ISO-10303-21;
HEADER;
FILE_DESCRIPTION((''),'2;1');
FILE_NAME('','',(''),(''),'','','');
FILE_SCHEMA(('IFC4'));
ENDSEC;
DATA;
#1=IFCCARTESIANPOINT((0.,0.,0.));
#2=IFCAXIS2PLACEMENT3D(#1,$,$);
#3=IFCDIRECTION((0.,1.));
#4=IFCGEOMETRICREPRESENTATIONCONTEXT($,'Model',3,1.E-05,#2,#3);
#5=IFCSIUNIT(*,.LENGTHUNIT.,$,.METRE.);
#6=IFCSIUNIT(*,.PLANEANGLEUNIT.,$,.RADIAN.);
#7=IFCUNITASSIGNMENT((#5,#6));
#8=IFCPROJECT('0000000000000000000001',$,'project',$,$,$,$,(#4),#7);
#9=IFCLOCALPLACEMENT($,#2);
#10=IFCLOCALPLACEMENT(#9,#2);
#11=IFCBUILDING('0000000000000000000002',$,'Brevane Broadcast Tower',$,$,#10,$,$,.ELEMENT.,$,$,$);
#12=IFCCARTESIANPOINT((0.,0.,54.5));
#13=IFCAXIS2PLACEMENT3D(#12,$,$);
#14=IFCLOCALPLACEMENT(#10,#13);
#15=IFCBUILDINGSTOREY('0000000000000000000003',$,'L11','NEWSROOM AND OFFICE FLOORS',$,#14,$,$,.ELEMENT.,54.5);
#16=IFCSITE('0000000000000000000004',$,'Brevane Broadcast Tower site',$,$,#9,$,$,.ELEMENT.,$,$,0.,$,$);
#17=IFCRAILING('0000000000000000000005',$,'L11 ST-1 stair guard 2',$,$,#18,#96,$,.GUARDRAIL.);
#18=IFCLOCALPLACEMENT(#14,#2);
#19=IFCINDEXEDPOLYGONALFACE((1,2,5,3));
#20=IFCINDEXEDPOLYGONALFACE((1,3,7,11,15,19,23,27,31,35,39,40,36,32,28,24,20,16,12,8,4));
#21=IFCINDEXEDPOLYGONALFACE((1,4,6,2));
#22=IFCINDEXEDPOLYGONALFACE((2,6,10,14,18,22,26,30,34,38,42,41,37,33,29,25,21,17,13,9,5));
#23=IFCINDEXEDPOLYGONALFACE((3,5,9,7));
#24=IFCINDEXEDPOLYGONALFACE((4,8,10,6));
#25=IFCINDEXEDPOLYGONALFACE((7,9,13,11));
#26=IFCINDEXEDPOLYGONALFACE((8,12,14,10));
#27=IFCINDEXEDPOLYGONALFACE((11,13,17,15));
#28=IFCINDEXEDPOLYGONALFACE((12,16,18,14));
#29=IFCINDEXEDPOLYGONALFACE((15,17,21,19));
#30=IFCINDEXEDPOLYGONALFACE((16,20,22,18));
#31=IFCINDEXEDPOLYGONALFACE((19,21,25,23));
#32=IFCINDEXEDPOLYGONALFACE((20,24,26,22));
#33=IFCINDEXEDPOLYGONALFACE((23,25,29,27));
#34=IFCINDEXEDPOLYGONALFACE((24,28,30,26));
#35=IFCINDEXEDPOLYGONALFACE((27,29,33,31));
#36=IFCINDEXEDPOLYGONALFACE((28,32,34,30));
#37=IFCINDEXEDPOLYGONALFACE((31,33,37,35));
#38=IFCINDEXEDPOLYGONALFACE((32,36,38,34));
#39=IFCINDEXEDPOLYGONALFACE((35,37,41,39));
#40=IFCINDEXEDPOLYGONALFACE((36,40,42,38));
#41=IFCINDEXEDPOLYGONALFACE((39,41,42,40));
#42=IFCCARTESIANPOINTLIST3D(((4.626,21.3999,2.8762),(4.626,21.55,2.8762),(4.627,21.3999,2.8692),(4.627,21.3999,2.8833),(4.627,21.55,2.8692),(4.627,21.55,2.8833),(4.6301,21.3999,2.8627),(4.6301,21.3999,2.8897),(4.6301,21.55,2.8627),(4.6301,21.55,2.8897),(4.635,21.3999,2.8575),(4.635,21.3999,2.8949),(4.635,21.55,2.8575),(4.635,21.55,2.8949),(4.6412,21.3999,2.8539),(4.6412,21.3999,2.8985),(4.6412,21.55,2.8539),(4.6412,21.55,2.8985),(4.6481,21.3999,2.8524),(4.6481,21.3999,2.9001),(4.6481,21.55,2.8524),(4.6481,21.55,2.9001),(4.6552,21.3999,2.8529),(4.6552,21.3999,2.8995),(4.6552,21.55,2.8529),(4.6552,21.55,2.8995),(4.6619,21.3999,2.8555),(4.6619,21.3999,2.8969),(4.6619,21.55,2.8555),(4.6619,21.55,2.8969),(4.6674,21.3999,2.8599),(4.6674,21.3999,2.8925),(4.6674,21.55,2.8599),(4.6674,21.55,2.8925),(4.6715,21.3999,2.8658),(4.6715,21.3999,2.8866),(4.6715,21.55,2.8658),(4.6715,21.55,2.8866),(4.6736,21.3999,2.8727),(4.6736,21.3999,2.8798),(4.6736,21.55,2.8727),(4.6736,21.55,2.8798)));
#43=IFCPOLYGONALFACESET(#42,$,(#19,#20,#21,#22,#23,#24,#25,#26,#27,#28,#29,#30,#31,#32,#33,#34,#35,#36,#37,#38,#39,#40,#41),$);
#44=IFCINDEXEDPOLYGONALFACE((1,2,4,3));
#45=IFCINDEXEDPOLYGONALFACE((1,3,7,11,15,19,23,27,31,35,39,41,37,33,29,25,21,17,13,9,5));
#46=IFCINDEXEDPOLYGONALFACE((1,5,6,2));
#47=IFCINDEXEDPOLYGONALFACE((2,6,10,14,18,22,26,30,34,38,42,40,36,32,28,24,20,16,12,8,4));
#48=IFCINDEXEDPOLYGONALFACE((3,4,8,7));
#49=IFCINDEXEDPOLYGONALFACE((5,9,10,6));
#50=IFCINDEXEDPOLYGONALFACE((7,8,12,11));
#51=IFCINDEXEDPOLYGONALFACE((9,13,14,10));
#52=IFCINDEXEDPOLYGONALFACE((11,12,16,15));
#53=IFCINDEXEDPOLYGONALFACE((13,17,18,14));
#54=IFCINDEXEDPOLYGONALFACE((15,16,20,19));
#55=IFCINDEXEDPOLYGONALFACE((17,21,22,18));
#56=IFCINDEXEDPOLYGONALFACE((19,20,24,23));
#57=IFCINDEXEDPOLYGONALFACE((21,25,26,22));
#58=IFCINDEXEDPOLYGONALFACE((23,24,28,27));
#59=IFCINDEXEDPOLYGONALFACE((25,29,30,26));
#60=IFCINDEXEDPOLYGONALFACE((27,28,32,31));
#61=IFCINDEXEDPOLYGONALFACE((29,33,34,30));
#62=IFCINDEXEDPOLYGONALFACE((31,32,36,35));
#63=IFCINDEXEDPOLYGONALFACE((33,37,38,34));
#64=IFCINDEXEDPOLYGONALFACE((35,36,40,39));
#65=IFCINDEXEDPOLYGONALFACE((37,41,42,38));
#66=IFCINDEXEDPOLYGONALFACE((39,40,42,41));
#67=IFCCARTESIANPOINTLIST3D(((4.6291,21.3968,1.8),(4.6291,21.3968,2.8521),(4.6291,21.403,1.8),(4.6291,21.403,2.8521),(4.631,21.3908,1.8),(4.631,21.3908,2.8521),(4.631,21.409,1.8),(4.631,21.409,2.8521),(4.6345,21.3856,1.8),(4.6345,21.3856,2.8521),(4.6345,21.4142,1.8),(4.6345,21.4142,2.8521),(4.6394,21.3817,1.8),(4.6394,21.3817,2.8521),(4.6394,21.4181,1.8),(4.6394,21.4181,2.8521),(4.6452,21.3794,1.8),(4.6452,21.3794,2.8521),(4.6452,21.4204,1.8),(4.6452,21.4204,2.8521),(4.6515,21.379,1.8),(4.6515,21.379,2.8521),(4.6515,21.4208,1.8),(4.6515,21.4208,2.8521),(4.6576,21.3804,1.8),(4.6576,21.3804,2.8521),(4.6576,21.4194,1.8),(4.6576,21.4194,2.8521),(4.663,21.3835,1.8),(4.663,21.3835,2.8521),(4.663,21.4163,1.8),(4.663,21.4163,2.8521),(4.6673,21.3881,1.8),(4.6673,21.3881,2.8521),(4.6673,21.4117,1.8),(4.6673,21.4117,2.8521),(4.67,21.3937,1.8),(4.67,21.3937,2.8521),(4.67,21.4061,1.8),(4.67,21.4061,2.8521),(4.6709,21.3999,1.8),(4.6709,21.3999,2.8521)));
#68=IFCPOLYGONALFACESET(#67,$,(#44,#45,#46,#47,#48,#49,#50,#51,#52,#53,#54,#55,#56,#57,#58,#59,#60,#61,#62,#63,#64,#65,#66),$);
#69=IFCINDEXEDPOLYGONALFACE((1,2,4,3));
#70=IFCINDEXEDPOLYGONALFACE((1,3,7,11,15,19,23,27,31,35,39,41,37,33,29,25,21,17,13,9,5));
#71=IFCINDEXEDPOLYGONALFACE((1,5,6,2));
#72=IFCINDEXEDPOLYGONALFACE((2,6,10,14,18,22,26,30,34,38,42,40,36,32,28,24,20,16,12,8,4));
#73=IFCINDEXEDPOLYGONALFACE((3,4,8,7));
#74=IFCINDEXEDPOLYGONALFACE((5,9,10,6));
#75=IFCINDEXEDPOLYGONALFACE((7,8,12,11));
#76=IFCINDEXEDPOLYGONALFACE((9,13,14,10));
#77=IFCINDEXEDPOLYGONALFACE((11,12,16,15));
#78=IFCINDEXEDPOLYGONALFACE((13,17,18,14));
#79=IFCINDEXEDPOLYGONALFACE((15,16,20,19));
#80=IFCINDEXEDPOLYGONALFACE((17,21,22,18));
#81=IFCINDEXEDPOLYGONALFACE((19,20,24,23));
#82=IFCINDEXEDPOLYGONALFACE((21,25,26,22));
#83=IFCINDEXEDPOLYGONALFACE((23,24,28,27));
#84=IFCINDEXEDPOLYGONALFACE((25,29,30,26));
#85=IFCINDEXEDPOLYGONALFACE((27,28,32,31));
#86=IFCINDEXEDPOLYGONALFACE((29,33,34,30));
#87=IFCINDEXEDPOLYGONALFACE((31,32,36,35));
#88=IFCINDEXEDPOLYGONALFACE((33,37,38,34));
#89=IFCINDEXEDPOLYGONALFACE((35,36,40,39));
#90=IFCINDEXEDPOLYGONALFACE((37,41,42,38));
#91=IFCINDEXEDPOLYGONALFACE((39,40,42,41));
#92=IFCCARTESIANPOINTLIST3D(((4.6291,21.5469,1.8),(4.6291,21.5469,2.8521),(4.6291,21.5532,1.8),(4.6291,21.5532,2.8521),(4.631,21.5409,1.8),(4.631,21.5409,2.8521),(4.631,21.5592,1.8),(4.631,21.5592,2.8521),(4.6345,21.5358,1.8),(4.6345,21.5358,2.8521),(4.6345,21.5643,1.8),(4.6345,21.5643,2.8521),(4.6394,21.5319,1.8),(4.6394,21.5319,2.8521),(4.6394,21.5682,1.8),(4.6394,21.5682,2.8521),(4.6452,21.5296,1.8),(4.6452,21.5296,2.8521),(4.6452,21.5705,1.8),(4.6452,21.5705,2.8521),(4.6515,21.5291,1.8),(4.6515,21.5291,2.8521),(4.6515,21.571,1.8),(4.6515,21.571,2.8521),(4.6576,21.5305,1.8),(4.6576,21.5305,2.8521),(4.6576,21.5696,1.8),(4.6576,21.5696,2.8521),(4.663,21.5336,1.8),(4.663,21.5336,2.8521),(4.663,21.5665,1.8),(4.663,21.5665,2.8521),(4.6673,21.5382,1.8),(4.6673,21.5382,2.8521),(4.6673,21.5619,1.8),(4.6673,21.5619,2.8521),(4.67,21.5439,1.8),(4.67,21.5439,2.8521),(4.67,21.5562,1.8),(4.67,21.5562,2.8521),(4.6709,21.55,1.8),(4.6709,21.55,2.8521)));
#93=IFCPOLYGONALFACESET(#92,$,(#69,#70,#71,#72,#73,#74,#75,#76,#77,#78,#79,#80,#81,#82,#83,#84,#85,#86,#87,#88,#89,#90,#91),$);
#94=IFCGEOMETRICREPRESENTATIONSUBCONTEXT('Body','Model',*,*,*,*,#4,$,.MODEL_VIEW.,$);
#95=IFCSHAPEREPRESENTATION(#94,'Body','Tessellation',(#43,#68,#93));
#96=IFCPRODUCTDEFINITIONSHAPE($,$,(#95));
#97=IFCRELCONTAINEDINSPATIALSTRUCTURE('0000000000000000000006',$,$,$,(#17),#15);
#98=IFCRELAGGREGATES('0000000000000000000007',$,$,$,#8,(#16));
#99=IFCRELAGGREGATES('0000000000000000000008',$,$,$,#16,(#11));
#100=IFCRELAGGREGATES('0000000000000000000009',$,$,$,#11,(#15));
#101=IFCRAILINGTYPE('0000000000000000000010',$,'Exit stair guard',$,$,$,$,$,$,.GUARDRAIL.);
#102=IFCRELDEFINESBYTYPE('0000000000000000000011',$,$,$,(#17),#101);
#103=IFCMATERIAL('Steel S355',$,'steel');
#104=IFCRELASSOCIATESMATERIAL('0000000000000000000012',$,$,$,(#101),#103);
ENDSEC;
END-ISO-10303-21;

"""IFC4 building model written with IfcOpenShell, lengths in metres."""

from ifc_helpers import new_model, si_unit, direction, frame, origin, origin_2d, place, context, subcontext, project, spatial, circle, extrude, material, type_object, element, save


model = new_model("IFC4")

# Units and contexts
model_context = context("Model", 3, precision=1e-05, world=origin(), true_north=direction((0.0, 1.0)))
body_context = subcontext(model_context, "Body", "Model", "MODEL_VIEW")
ifc_project = project(units=[si_unit("LENGTHUNIT", "METRE"), si_unit("PLANEANGLEUNIT", "RADIAN")], contexts=[model_context])

# Site, building, storey
site_placement = place(None, origin())
site = spatial("IfcSite", under=ifc_project, at=site_placement, Name="Brevane Broadcast Tower site", CompositionType="ELEMENT", RefElevation=0.0)
building_placement = place(site_placement, origin())
building = spatial("IfcBuilding", under=site, at=building_placement, Name="Brevane Broadcast Tower", CompositionType="ELEMENT")
storey_placement = place(building_placement, frame((0.0, 0.0, 54.5)))
storey = spatial("IfcBuildingStorey", under=building, at=storey_placement, Name="L11", Description="NEWSROOM AND OFFICE FLOORS", CompositionType="ELEMENT", Elevation=54.5)

# Railing
ifc_material_1 = material(Name="Steel S355", Category="steel")
railing_type_1 = type_object("IfcRailingType", Name="Exit stair guard", PredefinedType="GUARDRAIL", material=ifc_material_1)
railing_1_placement = place(storey_placement, frame((4.6499, 21.3999, 1.8)))
element("IfcRailing", 1, at=railing_1_placement, inside=storey, type_object=railing_type_1, Name="L11 ST-1 stair guard 2", PredefinedType="GUARDRAIL", context=body_context, shape_type="SweptSolid", body=[
    extrude(circle(Radius=0.0239, at=origin_2d()), frame((0.0, 0.0, 1.0762), z_axis=(0.0, 1.0, 0.0), x_axis=(-1.0, 0.0, 0.0)), (0.0, 0.0, 1.0), 0.1501),
    extrude(circle(Radius=0.021, at=origin_2d()), origin(), (0.0, 0.0, 1.0), 1.052),
    extrude(circle(Radius=0.021, at=origin_2d()), frame((0.0, 0.1501, 0.0)), (0.0, 0.0, 1.0), 1.052),
])

save(model, "model.ifc")
